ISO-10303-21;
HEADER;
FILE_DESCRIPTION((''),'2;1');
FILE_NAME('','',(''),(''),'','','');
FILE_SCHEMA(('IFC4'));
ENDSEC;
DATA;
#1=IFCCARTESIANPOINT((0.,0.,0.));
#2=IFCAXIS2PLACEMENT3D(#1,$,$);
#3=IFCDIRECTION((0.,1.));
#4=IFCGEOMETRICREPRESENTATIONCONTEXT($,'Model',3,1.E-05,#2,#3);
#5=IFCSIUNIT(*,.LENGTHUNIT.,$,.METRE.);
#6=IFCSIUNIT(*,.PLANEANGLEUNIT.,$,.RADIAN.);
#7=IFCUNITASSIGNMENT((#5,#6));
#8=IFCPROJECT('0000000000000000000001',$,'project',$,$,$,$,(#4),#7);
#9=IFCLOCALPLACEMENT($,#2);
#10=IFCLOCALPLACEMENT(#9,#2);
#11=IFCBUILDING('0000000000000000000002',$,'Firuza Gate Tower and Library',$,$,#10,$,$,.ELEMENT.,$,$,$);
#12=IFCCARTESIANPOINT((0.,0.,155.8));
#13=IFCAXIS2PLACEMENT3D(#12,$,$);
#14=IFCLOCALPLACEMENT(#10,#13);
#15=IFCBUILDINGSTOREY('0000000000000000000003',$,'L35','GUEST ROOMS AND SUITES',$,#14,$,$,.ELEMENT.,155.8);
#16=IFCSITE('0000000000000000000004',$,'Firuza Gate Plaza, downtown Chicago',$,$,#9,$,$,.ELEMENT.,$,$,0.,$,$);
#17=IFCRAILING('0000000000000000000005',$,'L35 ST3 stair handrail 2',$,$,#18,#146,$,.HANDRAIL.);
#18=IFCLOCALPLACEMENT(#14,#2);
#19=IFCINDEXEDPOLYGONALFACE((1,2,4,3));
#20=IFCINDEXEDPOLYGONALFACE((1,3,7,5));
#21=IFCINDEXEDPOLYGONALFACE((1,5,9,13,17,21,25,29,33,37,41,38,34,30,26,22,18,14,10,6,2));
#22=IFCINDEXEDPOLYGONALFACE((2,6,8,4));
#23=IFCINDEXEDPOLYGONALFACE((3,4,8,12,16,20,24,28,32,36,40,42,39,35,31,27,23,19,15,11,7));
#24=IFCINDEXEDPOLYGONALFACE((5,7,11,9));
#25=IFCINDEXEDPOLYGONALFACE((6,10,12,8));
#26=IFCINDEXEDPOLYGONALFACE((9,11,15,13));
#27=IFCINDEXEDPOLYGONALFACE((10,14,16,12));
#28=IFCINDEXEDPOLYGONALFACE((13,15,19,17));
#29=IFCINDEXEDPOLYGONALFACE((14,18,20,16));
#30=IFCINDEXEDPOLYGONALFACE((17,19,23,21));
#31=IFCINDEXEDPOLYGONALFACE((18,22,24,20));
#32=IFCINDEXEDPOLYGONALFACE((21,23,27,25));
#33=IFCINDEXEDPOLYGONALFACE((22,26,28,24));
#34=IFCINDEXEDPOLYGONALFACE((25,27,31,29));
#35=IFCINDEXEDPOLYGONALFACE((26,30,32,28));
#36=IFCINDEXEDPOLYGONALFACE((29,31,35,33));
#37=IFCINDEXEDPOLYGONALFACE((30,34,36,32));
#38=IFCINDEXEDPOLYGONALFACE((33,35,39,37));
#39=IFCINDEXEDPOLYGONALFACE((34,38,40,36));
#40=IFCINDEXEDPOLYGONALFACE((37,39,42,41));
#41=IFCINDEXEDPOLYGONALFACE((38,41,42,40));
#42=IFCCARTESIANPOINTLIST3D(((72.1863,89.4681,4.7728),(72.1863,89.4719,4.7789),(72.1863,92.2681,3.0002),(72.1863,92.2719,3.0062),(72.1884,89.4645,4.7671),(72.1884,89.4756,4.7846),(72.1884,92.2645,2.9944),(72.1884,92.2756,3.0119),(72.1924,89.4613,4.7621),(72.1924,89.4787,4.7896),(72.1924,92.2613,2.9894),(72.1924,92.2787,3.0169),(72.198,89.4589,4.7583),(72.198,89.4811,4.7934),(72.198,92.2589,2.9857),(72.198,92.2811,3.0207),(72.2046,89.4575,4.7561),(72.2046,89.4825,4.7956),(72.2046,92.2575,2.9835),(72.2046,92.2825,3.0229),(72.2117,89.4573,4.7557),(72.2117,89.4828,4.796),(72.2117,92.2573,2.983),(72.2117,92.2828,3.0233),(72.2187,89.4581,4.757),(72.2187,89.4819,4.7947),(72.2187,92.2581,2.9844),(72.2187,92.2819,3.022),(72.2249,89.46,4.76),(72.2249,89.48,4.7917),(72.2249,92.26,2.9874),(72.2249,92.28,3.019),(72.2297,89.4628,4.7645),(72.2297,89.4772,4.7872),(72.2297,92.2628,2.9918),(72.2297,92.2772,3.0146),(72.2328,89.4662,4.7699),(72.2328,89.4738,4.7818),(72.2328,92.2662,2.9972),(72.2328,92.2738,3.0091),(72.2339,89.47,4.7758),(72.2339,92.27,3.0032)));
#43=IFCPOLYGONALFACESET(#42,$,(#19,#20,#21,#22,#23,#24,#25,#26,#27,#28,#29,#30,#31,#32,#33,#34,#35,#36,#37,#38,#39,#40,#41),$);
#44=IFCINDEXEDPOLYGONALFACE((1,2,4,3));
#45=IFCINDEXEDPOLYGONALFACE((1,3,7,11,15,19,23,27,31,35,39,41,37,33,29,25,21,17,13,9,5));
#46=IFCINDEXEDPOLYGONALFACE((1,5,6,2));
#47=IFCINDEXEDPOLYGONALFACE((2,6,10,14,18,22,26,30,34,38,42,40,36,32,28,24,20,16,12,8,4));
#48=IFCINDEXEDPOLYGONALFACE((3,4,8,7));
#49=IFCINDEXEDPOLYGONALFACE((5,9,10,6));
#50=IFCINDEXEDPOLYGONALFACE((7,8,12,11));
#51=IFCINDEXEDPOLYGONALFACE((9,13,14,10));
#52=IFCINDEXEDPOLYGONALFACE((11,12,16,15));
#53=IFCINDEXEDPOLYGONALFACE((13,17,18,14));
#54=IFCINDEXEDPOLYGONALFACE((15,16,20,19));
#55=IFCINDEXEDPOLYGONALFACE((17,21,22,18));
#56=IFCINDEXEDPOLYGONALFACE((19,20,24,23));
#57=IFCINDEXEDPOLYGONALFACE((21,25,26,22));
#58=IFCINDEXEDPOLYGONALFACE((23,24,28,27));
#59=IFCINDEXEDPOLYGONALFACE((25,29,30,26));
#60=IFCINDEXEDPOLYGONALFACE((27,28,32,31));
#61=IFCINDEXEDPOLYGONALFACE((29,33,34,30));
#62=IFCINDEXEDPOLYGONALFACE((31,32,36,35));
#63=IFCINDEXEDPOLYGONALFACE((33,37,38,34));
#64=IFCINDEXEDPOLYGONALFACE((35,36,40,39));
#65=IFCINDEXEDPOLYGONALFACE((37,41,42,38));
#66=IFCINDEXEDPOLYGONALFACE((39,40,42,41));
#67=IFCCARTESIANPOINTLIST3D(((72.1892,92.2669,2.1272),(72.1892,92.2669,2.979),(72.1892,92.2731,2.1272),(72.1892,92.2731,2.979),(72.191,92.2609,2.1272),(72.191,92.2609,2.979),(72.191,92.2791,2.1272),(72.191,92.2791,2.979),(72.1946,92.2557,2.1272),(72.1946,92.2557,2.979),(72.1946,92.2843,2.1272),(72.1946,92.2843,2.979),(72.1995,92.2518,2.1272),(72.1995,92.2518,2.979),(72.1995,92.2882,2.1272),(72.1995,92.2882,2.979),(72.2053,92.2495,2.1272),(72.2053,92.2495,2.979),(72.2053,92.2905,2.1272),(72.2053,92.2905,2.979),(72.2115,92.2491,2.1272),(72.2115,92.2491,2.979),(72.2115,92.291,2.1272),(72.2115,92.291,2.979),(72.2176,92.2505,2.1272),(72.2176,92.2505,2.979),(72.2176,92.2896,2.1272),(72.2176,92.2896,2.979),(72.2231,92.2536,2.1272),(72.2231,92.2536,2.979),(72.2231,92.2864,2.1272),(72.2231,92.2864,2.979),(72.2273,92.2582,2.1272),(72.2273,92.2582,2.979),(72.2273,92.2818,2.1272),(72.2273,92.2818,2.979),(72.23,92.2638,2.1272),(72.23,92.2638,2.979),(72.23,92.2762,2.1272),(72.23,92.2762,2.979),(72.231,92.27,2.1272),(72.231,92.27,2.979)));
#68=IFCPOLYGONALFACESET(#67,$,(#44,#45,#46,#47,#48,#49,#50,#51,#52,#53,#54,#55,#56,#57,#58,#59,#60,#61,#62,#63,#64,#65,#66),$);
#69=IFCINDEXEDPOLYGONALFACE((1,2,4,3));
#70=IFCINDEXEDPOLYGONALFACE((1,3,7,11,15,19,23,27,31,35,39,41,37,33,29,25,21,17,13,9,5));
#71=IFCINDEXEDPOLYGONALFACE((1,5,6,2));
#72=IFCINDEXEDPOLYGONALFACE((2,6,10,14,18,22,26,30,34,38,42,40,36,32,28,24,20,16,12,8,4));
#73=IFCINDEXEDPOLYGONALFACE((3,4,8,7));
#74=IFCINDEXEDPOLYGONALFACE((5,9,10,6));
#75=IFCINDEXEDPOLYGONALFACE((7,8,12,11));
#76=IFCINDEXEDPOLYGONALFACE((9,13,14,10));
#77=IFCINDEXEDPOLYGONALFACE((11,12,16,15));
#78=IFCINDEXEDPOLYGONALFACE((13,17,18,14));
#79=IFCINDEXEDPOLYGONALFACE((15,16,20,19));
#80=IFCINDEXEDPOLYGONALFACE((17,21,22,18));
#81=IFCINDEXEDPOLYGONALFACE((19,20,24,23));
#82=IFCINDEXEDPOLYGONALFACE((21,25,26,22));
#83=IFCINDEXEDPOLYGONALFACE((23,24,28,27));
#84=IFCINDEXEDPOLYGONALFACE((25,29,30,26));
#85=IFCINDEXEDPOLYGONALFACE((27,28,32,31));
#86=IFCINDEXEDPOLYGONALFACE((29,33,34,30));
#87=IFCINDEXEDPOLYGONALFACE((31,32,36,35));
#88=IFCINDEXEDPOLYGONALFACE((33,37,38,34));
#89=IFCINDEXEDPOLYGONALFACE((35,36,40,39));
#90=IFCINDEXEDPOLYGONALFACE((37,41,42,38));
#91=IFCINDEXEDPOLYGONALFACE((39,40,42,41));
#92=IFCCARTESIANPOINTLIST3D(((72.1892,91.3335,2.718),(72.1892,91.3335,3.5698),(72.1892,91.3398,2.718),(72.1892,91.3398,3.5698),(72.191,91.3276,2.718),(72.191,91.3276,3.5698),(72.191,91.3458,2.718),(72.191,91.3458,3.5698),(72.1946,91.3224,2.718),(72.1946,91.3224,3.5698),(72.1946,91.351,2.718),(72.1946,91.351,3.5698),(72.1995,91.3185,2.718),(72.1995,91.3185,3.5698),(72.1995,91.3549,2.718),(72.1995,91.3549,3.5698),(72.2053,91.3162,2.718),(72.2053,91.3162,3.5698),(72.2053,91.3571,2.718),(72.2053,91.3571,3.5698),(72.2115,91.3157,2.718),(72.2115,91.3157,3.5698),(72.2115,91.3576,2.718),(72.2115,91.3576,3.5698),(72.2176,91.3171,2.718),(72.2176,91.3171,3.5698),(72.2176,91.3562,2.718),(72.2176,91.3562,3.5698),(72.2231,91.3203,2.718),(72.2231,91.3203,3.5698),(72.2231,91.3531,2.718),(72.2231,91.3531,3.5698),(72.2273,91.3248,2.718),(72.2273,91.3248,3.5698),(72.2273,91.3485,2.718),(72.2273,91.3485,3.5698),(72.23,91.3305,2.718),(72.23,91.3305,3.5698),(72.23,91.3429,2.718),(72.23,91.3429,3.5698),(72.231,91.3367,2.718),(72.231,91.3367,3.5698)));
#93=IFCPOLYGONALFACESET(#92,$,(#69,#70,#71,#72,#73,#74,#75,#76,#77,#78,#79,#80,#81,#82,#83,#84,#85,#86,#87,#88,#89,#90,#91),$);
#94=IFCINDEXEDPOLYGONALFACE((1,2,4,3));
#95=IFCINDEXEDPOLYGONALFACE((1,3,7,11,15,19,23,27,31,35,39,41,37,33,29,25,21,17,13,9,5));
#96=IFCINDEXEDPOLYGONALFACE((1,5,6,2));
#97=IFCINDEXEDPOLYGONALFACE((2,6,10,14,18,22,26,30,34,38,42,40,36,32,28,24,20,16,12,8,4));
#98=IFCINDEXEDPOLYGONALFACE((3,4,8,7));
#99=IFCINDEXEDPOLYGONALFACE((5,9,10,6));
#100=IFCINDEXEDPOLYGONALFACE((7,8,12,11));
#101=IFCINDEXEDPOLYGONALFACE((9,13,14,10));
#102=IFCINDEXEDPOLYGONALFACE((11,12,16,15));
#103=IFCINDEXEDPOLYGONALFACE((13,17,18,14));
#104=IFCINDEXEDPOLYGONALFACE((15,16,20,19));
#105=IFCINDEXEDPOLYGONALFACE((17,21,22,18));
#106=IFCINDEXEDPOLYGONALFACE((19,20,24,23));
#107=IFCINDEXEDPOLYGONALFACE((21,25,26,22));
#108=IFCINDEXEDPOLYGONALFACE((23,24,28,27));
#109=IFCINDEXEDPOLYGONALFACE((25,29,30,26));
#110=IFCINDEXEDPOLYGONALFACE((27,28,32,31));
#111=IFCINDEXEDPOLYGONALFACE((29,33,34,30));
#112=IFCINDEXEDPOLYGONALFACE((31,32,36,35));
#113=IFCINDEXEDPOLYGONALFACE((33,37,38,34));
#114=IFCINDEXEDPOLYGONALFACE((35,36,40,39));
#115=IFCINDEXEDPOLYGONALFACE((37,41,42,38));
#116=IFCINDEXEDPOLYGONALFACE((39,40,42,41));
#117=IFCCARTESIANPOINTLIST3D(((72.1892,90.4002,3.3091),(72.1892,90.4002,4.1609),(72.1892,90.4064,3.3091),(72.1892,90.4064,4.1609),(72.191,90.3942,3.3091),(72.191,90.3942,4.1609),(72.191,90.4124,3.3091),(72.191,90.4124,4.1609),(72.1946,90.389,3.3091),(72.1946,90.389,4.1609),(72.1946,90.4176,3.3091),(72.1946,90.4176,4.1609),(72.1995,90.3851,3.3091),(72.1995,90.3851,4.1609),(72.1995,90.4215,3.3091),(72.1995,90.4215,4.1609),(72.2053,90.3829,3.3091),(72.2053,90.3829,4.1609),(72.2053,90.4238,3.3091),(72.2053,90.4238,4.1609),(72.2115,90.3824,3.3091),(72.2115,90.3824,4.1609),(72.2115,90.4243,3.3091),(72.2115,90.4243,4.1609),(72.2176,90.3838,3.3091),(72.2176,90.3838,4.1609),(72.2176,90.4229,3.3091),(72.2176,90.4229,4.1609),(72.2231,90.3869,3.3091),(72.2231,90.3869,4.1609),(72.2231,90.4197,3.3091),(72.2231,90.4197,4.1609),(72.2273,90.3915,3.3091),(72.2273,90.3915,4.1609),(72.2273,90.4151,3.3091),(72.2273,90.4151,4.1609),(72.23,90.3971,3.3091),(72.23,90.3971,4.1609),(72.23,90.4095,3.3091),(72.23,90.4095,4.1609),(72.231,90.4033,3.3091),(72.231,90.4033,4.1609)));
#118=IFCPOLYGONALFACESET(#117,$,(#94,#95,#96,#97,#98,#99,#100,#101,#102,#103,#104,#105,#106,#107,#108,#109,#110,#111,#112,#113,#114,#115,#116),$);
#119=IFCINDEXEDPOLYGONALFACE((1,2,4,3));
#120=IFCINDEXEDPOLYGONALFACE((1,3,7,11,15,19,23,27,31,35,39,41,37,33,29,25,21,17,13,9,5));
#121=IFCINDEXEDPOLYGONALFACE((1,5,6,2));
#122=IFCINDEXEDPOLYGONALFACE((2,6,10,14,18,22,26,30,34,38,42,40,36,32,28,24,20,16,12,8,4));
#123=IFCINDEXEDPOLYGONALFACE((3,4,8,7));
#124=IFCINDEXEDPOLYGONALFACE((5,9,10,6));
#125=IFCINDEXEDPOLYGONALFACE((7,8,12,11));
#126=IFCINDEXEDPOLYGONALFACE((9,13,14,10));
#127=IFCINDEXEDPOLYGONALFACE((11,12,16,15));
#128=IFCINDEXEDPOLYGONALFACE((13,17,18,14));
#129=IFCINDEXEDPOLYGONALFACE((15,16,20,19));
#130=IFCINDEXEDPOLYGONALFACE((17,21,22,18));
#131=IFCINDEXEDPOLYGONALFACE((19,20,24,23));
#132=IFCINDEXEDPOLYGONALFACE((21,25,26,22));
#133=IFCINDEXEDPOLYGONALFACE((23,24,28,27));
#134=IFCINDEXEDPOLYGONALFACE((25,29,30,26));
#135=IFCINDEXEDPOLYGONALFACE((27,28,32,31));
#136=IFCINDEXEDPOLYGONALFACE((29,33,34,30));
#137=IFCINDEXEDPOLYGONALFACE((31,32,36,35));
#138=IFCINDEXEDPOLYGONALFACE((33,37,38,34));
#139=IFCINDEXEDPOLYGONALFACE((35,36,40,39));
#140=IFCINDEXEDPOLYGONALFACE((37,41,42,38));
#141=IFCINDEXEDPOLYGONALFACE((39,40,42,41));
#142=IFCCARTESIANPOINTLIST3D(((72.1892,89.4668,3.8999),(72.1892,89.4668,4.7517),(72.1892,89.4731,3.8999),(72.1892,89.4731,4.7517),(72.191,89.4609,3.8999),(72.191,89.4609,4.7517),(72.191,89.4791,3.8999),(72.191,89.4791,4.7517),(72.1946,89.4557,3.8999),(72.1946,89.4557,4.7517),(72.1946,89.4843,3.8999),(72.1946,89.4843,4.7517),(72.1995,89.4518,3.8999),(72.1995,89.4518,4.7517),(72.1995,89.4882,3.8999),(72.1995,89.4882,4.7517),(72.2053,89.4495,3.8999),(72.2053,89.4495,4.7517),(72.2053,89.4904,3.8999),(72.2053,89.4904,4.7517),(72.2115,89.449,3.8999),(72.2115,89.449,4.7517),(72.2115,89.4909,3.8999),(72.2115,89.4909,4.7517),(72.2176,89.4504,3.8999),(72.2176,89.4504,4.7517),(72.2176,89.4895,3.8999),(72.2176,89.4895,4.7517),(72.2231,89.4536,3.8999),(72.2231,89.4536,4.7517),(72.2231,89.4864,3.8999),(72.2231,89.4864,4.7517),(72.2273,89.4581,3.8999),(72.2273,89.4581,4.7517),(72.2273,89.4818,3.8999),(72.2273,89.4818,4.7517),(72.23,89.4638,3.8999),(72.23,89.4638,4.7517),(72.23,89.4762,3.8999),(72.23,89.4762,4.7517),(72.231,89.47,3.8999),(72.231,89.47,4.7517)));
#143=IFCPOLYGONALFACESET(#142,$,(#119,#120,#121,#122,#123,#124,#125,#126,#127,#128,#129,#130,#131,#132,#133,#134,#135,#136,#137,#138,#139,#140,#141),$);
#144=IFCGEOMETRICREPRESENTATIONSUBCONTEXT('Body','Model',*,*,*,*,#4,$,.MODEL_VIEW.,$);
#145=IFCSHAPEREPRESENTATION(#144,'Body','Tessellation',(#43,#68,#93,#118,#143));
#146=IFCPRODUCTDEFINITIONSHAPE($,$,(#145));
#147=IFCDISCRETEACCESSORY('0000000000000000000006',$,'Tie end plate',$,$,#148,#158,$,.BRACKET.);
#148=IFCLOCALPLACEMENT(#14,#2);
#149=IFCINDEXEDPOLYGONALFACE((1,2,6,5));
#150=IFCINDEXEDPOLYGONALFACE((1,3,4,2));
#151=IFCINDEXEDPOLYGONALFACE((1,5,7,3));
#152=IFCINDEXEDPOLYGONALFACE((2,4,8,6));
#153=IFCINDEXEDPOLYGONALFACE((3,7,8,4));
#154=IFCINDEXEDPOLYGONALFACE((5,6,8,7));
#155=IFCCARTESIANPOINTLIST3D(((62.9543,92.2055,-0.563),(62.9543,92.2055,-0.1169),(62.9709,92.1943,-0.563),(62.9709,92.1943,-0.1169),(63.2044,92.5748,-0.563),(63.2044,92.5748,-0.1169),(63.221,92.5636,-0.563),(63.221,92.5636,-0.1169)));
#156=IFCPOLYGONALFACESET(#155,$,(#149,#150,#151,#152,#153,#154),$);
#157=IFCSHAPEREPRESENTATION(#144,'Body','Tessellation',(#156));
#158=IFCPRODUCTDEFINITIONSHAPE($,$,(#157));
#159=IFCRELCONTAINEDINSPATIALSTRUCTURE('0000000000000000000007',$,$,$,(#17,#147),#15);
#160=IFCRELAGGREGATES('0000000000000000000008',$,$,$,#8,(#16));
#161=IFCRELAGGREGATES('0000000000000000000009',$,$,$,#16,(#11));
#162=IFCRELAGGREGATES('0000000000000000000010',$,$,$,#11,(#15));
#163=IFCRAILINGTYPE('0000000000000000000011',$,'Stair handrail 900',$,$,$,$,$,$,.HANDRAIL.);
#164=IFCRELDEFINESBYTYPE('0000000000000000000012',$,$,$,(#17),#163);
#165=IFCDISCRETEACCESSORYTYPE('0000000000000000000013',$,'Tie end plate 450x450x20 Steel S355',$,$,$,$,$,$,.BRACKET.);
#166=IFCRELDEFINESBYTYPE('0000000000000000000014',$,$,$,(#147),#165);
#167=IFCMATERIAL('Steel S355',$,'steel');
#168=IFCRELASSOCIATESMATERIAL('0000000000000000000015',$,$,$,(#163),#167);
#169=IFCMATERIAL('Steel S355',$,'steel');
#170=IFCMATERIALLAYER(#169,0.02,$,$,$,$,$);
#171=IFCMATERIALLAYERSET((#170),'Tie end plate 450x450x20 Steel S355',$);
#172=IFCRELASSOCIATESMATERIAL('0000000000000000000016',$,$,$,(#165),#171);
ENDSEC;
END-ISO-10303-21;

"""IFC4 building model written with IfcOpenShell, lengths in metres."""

from ifc_helpers import new_model, si_unit, direction, frame, origin, origin_2d, place, context, subcontext, project, spatial, rectangle, circle, extrude, material, layer, layer_set, type_object, element, save


model = new_model("IFC4")

# Units and contexts
model_context = context("Model", 3, precision=1e-05, world=origin(), true_north=direction((0.0, 1.0)))
body_context = subcontext(model_context, "Body", "Model", "MODEL_VIEW")
ifc_project = project(units=[si_unit("LENGTHUNIT", "METRE"), si_unit("PLANEANGLEUNIT", "RADIAN")], contexts=[model_context])

# Site, building, storey
site_placement = place(None, origin())
site = spatial("IfcSite", under=ifc_project, at=site_placement, Name="Firuza Gate Plaza, downtown Chicago", CompositionType="ELEMENT", RefElevation=0.0)
building_placement = place(site_placement, origin())
building = spatial("IfcBuilding", under=site, at=building_placement, Name="Firuza Gate Tower and Library", CompositionType="ELEMENT")
storey_placement = place(building_placement, frame((0.0, 0.0, 155.8)))
storey = spatial("IfcBuildingStorey", under=building, at=storey_placement, Name="L35", Description="GUEST ROOMS AND SUITES", CompositionType="ELEMENT", Elevation=155.8)

# Railing
ifc_material_1 = material(Name="Steel S355", Category="steel")
railing_type_1 = type_object("IfcRailingType", Name="Stair handrail 900", PredefinedType="HANDRAIL", material=ifc_material_1)
railing_1_placement = place(storey_placement, frame((72.21, 92.27, 2.1272)))
element("IfcRailing", 1, at=railing_1_placement, inside=storey, type_object=railing_type_1, Name="L35 ST3 stair handrail 2", PredefinedType="HANDRAIL", context=body_context, shape_type="SweptSolid", body=[
    extrude(circle(Radius=0.0239, at=origin_2d()), frame((0.0, 0.0, 0.876), z_axis=(0.0, -0.844909, 0.53491), x_axis=(1.0, 0.0, 0.0)), (0.0, 0.0, 1.0), 3.314),
    extrude(circle(Radius=0.021, at=origin_2d()), origin(), (0.0, 0.0, 1.0), 0.8518),
    extrude(circle(Radius=0.021, at=origin_2d()), frame((0.0, -0.9333, 0.5908)), (0.0, 0.0, 1.0), 0.8518),
    extrude(circle(Radius=0.021, at=origin_2d()), frame((0.0, -1.8667, 1.1819)), (0.0, 0.0, 1.0), 0.8518),
    extrude(circle(Radius=0.021, at=origin_2d()), frame((0.0, -2.8, 1.7727)), (0.0, 0.0, 1.0), 0.8518),
])

# Discrete accessory
ifc_material_2 = material(Name="Steel S355", Category="steel")
ifc_layer_1 = layer(ifc_material_2, 0.02)
ifc_layer_set_1 = layer_set([ifc_layer_1], Name="Tie end plate 450x450x20 Steel S355")
discrete_accessory_type = type_object("IfcDiscreteAccessoryType", Name="Tie end plate 450x450x20 Steel S355", PredefinedType="BRACKET", material=ifc_layer_set_1)
discrete_accessory_placement = place(storey_placement, frame((63.0876, 92.3845, -0.563), z_axis=(0.0, 0.0, 1.0), x_axis=(0.827946, -0.560808, 0.0)))
element("IfcDiscreteAccessory", 2, at=discrete_accessory_placement, inside=storey, type_object=discrete_accessory_type, Name="Tie end plate", PredefinedType="BRACKET", context=body_context, shape_type="SweptSolid", body=[
    extrude(rectangle(XDim=0.02, YDim=0.446, at=origin_2d()), origin(), (0.0, 0.0, 1.0), 0.446),
])

save(model, "model.ifc")
